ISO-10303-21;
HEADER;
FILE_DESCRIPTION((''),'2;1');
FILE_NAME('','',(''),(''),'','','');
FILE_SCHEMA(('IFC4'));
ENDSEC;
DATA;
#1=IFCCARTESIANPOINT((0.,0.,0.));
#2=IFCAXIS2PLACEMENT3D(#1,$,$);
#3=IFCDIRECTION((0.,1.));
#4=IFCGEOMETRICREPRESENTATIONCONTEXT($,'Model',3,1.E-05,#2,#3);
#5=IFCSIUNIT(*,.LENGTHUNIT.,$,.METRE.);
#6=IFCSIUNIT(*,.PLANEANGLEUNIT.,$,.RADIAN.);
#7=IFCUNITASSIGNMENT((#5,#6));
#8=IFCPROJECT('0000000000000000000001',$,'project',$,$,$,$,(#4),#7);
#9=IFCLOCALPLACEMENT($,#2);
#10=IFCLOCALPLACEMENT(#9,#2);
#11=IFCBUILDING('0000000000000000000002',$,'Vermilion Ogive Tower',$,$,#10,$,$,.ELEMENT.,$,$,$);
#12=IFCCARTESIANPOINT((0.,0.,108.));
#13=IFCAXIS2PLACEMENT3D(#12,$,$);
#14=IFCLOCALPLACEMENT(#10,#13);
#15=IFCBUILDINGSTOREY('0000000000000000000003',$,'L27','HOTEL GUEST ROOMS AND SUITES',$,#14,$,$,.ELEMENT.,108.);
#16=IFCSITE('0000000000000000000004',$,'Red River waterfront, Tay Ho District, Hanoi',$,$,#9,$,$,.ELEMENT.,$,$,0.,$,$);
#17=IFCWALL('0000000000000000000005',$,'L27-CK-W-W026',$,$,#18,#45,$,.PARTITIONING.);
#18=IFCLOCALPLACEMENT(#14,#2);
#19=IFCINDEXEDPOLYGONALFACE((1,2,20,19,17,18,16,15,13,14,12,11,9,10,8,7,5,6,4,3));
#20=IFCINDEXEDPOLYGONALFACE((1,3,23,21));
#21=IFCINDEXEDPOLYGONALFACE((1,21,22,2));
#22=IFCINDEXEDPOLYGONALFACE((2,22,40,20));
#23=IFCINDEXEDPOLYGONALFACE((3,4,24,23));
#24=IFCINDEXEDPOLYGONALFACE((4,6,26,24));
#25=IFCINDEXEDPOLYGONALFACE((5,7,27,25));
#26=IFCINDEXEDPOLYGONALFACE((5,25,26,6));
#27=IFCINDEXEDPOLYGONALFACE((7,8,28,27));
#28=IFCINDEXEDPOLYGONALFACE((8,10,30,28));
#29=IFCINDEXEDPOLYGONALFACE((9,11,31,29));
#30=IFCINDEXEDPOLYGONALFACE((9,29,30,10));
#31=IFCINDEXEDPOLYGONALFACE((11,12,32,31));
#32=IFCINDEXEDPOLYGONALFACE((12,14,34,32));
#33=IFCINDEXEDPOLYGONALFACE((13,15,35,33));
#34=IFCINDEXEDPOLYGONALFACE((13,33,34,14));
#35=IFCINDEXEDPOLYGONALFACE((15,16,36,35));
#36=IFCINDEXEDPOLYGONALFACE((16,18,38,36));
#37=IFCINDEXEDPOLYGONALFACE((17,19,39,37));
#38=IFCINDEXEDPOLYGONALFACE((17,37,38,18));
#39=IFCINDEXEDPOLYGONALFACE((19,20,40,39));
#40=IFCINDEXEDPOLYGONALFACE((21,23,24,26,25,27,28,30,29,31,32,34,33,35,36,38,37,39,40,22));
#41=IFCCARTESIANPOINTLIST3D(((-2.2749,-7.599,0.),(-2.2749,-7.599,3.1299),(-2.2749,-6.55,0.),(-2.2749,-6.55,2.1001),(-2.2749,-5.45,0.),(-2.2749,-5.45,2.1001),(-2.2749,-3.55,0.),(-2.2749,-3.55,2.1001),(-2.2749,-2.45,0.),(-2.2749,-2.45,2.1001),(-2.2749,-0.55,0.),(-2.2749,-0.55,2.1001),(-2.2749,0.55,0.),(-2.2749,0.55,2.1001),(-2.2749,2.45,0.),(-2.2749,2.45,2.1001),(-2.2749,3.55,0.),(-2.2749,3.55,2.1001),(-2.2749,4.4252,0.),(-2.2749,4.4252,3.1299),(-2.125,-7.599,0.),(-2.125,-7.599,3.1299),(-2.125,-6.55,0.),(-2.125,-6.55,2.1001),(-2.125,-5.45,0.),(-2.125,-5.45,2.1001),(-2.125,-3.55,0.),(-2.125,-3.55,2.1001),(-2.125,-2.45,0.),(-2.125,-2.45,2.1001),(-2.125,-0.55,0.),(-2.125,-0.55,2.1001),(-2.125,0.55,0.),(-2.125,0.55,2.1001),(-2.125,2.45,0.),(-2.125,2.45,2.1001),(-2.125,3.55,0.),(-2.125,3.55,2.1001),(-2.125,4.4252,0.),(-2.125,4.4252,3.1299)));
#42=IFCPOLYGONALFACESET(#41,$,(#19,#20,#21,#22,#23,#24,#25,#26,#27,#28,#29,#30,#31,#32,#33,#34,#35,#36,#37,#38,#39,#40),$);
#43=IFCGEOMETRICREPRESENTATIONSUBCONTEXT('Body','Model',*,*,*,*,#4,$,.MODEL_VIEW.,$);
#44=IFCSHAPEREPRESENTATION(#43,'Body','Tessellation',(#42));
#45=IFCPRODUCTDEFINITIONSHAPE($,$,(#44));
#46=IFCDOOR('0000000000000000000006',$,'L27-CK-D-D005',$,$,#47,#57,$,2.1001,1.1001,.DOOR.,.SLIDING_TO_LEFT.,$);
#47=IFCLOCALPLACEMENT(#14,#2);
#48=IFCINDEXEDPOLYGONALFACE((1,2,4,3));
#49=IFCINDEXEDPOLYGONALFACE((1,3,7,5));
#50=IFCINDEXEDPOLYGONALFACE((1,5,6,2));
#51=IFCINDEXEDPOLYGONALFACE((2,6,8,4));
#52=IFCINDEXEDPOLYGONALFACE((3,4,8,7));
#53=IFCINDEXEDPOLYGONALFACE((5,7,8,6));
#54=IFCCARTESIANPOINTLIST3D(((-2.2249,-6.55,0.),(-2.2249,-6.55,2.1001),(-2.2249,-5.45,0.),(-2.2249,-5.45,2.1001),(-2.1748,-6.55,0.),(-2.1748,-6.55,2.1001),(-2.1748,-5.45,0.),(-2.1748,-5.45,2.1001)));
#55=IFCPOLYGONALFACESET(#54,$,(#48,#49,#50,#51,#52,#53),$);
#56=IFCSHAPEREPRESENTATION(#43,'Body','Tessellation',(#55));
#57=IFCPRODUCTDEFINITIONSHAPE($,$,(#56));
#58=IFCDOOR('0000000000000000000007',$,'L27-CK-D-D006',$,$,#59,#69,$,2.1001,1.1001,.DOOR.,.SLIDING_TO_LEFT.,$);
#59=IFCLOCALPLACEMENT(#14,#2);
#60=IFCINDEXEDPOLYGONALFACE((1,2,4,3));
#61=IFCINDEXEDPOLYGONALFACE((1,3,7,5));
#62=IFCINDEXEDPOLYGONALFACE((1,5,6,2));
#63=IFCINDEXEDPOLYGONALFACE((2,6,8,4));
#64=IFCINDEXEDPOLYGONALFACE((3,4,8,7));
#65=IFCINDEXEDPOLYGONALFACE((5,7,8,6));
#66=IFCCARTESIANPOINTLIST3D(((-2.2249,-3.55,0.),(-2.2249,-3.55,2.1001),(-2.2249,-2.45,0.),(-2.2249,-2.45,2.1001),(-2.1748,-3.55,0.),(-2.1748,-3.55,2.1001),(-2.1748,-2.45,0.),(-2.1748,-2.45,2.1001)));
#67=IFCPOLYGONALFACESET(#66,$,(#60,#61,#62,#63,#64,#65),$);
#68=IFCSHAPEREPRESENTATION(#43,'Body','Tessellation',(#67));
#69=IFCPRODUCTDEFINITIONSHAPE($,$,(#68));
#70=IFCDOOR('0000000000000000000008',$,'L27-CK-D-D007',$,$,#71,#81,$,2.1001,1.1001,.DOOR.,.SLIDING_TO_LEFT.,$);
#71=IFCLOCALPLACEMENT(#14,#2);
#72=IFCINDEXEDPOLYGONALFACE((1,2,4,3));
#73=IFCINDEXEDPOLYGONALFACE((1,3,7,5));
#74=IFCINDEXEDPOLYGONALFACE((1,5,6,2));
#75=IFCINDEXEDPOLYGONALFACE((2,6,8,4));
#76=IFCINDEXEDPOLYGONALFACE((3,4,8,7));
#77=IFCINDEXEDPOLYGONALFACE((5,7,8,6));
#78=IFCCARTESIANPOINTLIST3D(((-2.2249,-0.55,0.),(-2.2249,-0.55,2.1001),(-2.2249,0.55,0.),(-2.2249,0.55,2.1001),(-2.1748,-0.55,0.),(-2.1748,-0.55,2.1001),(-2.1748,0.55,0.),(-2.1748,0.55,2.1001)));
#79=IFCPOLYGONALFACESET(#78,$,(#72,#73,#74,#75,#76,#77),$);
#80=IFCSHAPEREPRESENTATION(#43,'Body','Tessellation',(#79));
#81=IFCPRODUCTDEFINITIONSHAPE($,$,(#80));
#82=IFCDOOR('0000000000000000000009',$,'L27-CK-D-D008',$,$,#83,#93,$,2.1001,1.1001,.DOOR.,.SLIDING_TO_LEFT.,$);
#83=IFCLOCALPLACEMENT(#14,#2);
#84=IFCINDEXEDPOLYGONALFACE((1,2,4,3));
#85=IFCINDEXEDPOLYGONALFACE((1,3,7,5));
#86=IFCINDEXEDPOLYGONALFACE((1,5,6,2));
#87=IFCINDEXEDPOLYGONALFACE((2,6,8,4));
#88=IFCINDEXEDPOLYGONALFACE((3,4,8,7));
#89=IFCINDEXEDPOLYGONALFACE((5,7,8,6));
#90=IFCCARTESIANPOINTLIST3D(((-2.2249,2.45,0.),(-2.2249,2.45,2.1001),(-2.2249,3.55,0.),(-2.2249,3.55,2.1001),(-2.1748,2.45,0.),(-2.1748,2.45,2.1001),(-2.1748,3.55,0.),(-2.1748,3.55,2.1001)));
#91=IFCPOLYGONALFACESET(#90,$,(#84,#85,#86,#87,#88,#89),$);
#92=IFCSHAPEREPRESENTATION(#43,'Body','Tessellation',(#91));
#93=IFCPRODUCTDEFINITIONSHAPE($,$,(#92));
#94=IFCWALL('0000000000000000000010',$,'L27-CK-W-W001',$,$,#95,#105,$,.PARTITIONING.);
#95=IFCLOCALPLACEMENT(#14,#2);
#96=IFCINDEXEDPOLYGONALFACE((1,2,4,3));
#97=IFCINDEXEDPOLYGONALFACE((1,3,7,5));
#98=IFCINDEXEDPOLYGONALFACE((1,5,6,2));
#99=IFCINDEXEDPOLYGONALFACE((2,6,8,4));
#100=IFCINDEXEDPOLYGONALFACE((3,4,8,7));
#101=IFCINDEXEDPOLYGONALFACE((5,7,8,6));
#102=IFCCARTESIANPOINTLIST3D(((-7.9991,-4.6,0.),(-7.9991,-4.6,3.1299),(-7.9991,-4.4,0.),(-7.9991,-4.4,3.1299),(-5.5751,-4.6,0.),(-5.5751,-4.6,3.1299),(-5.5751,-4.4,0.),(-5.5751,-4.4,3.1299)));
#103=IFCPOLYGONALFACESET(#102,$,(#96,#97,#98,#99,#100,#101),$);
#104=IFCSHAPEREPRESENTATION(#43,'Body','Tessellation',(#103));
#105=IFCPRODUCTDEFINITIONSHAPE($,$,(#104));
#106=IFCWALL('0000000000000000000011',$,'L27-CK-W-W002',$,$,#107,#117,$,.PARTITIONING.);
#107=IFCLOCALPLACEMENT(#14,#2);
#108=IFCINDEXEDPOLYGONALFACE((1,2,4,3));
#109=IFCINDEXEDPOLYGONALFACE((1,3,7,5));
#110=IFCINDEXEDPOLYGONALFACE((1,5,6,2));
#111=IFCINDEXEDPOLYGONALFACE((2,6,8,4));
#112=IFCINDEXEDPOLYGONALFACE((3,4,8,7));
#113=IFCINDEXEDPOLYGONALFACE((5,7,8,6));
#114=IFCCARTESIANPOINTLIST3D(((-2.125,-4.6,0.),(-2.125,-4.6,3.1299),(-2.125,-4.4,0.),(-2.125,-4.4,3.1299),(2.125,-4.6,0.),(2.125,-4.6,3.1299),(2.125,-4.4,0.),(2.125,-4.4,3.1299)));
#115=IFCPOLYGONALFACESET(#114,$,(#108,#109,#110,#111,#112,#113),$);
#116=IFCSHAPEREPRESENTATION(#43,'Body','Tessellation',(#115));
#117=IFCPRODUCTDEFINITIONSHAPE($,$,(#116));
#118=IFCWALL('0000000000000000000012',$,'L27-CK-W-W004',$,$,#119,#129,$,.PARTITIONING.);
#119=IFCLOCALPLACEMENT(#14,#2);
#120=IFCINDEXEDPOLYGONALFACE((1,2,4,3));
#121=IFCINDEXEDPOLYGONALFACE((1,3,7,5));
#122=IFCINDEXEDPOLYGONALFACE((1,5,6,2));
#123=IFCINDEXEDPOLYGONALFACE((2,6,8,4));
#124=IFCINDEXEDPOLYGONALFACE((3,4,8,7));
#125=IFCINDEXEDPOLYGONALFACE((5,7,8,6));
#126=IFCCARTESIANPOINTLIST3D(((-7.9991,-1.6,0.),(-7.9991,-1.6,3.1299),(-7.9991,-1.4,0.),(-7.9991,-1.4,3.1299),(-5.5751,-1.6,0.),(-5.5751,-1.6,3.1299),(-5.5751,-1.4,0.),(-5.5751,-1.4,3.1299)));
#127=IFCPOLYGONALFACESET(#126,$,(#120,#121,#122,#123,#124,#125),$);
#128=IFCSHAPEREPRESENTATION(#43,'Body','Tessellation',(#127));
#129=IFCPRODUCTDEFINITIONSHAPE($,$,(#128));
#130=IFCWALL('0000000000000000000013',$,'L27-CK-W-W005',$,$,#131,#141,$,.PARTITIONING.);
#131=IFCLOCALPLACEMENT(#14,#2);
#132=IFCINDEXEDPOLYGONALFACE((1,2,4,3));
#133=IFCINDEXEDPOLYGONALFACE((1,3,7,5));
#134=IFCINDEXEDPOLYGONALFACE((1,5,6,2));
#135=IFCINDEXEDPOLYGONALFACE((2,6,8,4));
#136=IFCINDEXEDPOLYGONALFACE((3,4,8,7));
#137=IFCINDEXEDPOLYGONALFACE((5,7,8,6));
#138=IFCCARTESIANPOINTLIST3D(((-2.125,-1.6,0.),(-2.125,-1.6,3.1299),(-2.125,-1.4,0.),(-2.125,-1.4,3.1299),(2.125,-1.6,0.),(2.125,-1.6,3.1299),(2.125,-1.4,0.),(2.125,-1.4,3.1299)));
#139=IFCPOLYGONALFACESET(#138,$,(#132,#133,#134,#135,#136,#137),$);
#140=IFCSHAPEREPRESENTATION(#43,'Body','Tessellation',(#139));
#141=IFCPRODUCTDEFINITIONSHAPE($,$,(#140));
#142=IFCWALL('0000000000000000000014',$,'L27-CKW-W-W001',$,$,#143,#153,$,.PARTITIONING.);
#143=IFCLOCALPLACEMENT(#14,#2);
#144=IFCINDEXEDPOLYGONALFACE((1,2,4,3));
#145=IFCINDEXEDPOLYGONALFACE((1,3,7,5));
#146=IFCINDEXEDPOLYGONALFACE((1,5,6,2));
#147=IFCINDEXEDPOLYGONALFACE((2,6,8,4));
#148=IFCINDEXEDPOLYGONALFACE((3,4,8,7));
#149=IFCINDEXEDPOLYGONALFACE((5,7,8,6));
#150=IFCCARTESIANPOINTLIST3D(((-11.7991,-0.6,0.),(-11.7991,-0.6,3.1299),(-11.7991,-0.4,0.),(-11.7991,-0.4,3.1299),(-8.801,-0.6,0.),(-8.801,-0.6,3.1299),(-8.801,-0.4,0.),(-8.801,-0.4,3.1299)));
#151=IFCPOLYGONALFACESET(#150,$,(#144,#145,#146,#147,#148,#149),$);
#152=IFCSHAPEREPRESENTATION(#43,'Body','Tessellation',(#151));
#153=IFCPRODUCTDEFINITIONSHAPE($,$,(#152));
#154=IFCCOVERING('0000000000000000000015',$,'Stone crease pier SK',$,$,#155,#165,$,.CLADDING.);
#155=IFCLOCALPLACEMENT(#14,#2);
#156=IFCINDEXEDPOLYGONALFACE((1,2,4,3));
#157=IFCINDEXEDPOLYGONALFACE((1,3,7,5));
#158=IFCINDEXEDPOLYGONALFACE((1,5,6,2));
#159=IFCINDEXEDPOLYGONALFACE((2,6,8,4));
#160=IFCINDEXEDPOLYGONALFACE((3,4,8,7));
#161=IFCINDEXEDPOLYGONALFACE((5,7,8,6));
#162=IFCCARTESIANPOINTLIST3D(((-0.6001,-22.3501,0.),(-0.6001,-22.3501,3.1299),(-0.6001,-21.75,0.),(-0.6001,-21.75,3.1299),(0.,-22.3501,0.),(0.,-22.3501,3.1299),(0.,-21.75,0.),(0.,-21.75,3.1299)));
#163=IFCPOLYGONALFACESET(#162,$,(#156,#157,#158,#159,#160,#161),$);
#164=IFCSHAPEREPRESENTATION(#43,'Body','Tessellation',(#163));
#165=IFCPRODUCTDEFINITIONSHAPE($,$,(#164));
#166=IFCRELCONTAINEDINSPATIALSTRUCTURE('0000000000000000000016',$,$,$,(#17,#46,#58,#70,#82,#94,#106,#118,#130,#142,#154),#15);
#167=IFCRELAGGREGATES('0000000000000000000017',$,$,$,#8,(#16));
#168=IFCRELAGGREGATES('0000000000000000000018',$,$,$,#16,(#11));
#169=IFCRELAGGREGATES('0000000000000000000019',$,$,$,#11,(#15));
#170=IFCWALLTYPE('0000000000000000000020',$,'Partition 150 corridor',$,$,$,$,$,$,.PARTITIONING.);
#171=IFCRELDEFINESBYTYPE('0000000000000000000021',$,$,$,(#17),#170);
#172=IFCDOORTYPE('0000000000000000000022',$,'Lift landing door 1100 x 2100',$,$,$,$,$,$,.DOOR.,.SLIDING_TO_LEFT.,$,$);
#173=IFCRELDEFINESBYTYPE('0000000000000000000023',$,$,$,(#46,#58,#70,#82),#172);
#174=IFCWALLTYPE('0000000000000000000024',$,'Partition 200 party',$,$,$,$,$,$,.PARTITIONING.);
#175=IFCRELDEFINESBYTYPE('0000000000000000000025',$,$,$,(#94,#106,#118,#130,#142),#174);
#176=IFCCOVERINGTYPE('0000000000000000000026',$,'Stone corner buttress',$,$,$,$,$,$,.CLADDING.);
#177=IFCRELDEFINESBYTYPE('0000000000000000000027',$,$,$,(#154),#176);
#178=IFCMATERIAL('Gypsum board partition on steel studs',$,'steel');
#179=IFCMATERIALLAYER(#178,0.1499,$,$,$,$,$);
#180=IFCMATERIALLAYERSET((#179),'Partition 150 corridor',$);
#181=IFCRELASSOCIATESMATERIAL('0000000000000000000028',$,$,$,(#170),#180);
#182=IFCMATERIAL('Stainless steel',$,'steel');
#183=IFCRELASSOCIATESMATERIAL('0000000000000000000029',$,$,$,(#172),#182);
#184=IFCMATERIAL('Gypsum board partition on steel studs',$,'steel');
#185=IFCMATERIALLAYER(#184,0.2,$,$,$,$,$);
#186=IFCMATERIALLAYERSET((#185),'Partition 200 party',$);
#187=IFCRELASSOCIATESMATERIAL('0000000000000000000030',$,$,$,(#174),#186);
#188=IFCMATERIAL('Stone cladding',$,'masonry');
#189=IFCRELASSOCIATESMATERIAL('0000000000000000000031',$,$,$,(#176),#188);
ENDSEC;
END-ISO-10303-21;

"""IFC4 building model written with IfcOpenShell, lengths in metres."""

from ifc_helpers import new_model, si_unit, direction, frame, frame_2d, origin, place, context, subcontext, project, spatial, polyline, rectangle, outline, extrude, material, layer, layer_set, type_object, element, fill, save


model = new_model("IFC4")

# Units and contexts
model_context = context("Model", 3, precision=1e-05, world=origin(), true_north=direction((0.0, 1.0)))
body_context = subcontext(model_context, "Body", "Model", "MODEL_VIEW")
ifc_project = project(units=[si_unit("LENGTHUNIT", "METRE"), si_unit("PLANEANGLEUNIT", "RADIAN")], contexts=[model_context])

# Site, building, storey
site_placement = place(None, origin())
site = spatial("IfcSite", under=ifc_project, at=site_placement, Name="Red River waterfront, Tay Ho District, Hanoi", CompositionType="ELEMENT", RefElevation=0.0)
building_placement = place(site_placement, origin())
building = spatial("IfcBuilding", under=site, at=building_placement, Name="Vermilion Ogive Tower", CompositionType="ELEMENT")
storey_placement = place(building_placement, frame((0.0, 0.0, 108.0)))
storey = spatial("IfcBuildingStorey", under=building, at=storey_placement, Name="L27", Description="HOTEL GUEST ROOMS AND SUITES", CompositionType="ELEMENT", Elevation=108.0)

# Wall, openings, doors
ifc_material_1 = material(Name="Gypsum board partition on steel studs", Category="steel")
ifc_layer_1 = layer(ifc_material_1, 0.1499)
ifc_layer_set_1 = layer_set([ifc_layer_1], Name="Partition 150 corridor")
wall_type_1 = type_object("IfcWallType", Name="Partition 150 corridor", PredefinedType="PARTITIONING", material=ifc_layer_set_1)
ifc_material_2 = material(Name="Stainless steel", Category="steel")
door_type_1 = type_object("IfcDoorType", Name="Lift landing door 1100 x 2100", OperationType="SLIDING_TO_LEFT", PredefinedType="DOOR", material=ifc_material_2)
wall_1_placement = place(storey_placement, frame((-2.2, -7.5991, 0.0), z_axis=(0.0, 0.0, 1.0), x_axis=(0.0, 1.0, 0.0)))
wall_1 = element("IfcWall", 1, at=wall_1_placement, inside=storey, type_object=wall_type_1, Name="L27-CK-W-W026", PredefinedType="PARTITIONING", context=body_context, shape_type="SweptSolid", body=[
    extrude(rectangle(XDim=12.0242, YDim=0.1499, at=frame_2d((6.0122, 0.0))), origin(), (0.0, 0.0, 1.0), 3.1299),
])
opening_1_placement = place(wall_1_placement, frame((1.0491, 0.0, 0.0)))
opening_1 = element("IfcOpeningElement", 2, at=opening_1_placement, cuts=wall_1, PredefinedType="OPENING", context=body_context, shape_type="SweptSolid", body=[
    extrude(rectangle(XDim=1.1001, YDim=2.1001, at=frame_2d((0.55, 1.05))), frame((0.0, 0.085, 0.0), z_axis=(0.0, -1.0, 0.0), x_axis=(1.0, 0.0, 0.0)), (0.0, 0.0, 1.0), 0.1699),
])
opening_2_placement = place(wall_1_placement, frame((4.0491, 0.0, 0.0)))
opening_2 = element("IfcOpeningElement", 3, at=opening_2_placement, cuts=wall_1, PredefinedType="OPENING", context=body_context, shape_type="SweptSolid", body=[
    extrude(rectangle(XDim=1.1001, YDim=2.1001, at=frame_2d((0.55, 1.05))), frame((0.0, 0.085, 0.0), z_axis=(0.0, -1.0, 0.0), x_axis=(1.0, 0.0, 0.0)), (0.0, 0.0, 1.0), 0.1699),
])
opening_3_placement = place(wall_1_placement, frame((7.0491, 0.0, 0.0)))
opening_3 = element("IfcOpeningElement", 4, at=opening_3_placement, cuts=wall_1, PredefinedType="OPENING", context=body_context, shape_type="SweptSolid", body=[
    extrude(rectangle(XDim=1.1001, YDim=2.1001, at=frame_2d((0.55, 1.05))), frame((0.0, 0.085, 0.0), z_axis=(0.0, -1.0, 0.0), x_axis=(1.0, 0.0, 0.0)), (0.0, 0.0, 1.0), 0.1699),
])
opening_4_placement = place(wall_1_placement, frame((10.0491, 0.0, 0.0)))
opening_4 = element("IfcOpeningElement", 5, at=opening_4_placement, cuts=wall_1, PredefinedType="OPENING", context=body_context, shape_type="SweptSolid", body=[
    extrude(rectangle(XDim=1.1001, YDim=2.1001, at=frame_2d((0.55, 1.05))), frame((0.0, 0.085, 0.0), z_axis=(0.0, -1.0, 0.0), x_axis=(1.0, 0.0, 0.0)), (0.0, 0.0, 1.0), 0.1699),
])
door_1_placement = place(opening_1_placement, origin())
door_1 = element("IfcDoor", 6, at=door_1_placement, inside=storey, type_object=door_type_1, Name="L27-CK-D-D005", OperationType="SLIDING_TO_LEFT", OverallHeight=2.1001, OverallWidth=1.1001, PredefinedType="DOOR", context=body_context, shape_type="SweptSolid", body=[
    extrude(rectangle(XDim=1.1001, YDim=2.1001, at=frame_2d((0.55, 1.05))), frame((0.0, 0.0249, 0.0), z_axis=(0.0, -1.0, 0.0), x_axis=(1.0, 0.0, 0.0)), (0.0, 0.0, 1.0), 0.05),
])
fill(opening_1, door_1)
door_2_placement = place(opening_2_placement, origin())
door_2 = element("IfcDoor", 7, at=door_2_placement, inside=storey, type_object=door_type_1, Name="L27-CK-D-D006", OperationType="SLIDING_TO_LEFT", OverallHeight=2.1001, OverallWidth=1.1001, PredefinedType="DOOR", context=body_context, shape_type="SweptSolid", body=[
    extrude(rectangle(XDim=1.1001, YDim=2.1001, at=frame_2d((0.55, 1.05))), frame((0.0, 0.0249, 0.0), z_axis=(0.0, -1.0, 0.0), x_axis=(1.0, 0.0, 0.0)), (0.0, 0.0, 1.0), 0.05),
])
fill(opening_2, door_2)
door_3_placement = place(opening_3_placement, origin())
door_3 = element("IfcDoor", 8, at=door_3_placement, inside=storey, type_object=door_type_1, Name="L27-CK-D-D007", OperationType="SLIDING_TO_LEFT", OverallHeight=2.1001, OverallWidth=1.1001, PredefinedType="DOOR", context=body_context, shape_type="SweptSolid", body=[
    extrude(rectangle(XDim=1.1001, YDim=2.1001, at=frame_2d((0.55, 1.05))), frame((0.0, 0.0249, 0.0), z_axis=(0.0, -1.0, 0.0), x_axis=(1.0, 0.0, 0.0)), (0.0, 0.0, 1.0), 0.05),
])
fill(opening_3, door_3)
door_4_placement = place(opening_4_placement, origin())
door_4 = element("IfcDoor", 9, at=door_4_placement, inside=storey, type_object=door_type_1, Name="L27-CK-D-D008", OperationType="SLIDING_TO_LEFT", OverallHeight=2.1001, OverallWidth=1.1001, PredefinedType="DOOR", context=body_context, shape_type="SweptSolid", body=[
    extrude(rectangle(XDim=1.1001, YDim=2.1001, at=frame_2d((0.55, 1.05))), frame((0.0, 0.0249, 0.0), z_axis=(0.0, -1.0, 0.0), x_axis=(1.0, 0.0, 0.0)), (0.0, 0.0, 1.0), 0.05),
])
fill(opening_4, door_4)

# Walls
ifc_material_3 = material(Name="Gypsum board partition on steel studs", Category="steel")
ifc_layer_2 = layer(ifc_material_3, 0.2)
ifc_layer_set_2 = layer_set([ifc_layer_2], Name="Partition 200 party")
wall_type_2 = type_object("IfcWallType", Name="Partition 200 party", PredefinedType="PARTITIONING", material=ifc_layer_set_2)
wall_2_placement = place(storey_placement, frame((-7.999, -4.5, 0.0), z_axis=(0.0, 0.0, 1.0), x_axis=(1.0, 0.0, 0.0)))
element("IfcWall", 10, at=wall_2_placement, inside=storey, type_object=wall_type_2, Name="L27-CK-W-W001", PredefinedType="PARTITIONING", context=body_context, shape_type="SweptSolid", body=[
    extrude(rectangle(XDim=2.4241, YDim=0.2, at=frame_2d((1.2119, 0.0))), origin(), (0.0, 0.0, 1.0), 3.1299),
])
wall_3_placement = place(storey_placement, frame((-2.125, -4.5, 0.0), z_axis=(0.0, 0.0, 1.0), x_axis=(1.0, 0.0, 0.0)))
element("IfcWall", 11, at=wall_3_placement, inside=storey, type_object=wall_type_2, Name="L27-CK-W-W002", PredefinedType="PARTITIONING", context=body_context, shape_type="SweptSolid", body=[
    extrude(rectangle(XDim=4.25, YDim=0.2, at=frame_2d((2.125, 0.0))), origin(), (0.0, 0.0, 1.0), 3.1299),
])
wall_4_placement = place(storey_placement, frame((-7.999, -1.5, 0.0), z_axis=(0.0, 0.0, 1.0), x_axis=(1.0, 0.0, 0.0)))
element("IfcWall", 12, at=wall_4_placement, inside=storey, type_object=wall_type_2, Name="L27-CK-W-W004", PredefinedType="PARTITIONING", context=body_context, shape_type="SweptSolid", body=[
    extrude(rectangle(XDim=2.4241, YDim=0.2, at=frame_2d((1.2119, 0.0))), origin(), (0.0, 0.0, 1.0), 3.1299),
])
wall_5_placement = place(storey_placement, frame((-2.125, -1.5, 0.0), z_axis=(0.0, 0.0, 1.0), x_axis=(1.0, 0.0, 0.0)))
element("IfcWall", 13, at=wall_5_placement, inside=storey, type_object=wall_type_2, Name="L27-CK-W-W005", PredefinedType="PARTITIONING", context=body_context, shape_type="SweptSolid", body=[
    extrude(rectangle(XDim=4.25, YDim=0.2, at=frame_2d((2.125, 0.0))), origin(), (0.0, 0.0, 1.0), 3.1299),
])
wall_6_placement = place(storey_placement, frame((-11.7991, -0.5, 0.0), z_axis=(0.0, 0.0, 1.0), x_axis=(1.0, 0.0, 0.0)))
element("IfcWall", 14, at=wall_6_placement, inside=storey, type_object=wall_type_2, Name="L27-CKW-W-W001", PredefinedType="PARTITIONING", context=body_context, shape_type="SweptSolid", body=[
    extrude(rectangle(XDim=2.998, YDim=0.2, at=frame_2d((1.499, 0.0))), origin(), (0.0, 0.0, 1.0), 3.1299),
])

# Covering
ifc_material_4 = material(Name="Stone cladding", Category="masonry")
covering_type = type_object("IfcCoveringType", Name="Stone corner buttress", PredefinedType="CLADDING", material=ifc_material_4)
covering_placement = place(storey_placement, origin())
element("IfcCovering", 15, at=covering_placement, inside=storey, type_object=covering_type, Name="Stone crease pier SK", PredefinedType="CLADDING", context=body_context, shape_type="SweptSolid", body=[
    extrude(outline(polyline([(-0.6001, -22.3501), (0.0, -22.3501), (0.0, -21.75), (-0.6001, -21.75), (-0.6001, -22.3501)])), origin(), (0.0, 0.0, 1.0), 3.1299),
])

save(model, "model.ifc")
